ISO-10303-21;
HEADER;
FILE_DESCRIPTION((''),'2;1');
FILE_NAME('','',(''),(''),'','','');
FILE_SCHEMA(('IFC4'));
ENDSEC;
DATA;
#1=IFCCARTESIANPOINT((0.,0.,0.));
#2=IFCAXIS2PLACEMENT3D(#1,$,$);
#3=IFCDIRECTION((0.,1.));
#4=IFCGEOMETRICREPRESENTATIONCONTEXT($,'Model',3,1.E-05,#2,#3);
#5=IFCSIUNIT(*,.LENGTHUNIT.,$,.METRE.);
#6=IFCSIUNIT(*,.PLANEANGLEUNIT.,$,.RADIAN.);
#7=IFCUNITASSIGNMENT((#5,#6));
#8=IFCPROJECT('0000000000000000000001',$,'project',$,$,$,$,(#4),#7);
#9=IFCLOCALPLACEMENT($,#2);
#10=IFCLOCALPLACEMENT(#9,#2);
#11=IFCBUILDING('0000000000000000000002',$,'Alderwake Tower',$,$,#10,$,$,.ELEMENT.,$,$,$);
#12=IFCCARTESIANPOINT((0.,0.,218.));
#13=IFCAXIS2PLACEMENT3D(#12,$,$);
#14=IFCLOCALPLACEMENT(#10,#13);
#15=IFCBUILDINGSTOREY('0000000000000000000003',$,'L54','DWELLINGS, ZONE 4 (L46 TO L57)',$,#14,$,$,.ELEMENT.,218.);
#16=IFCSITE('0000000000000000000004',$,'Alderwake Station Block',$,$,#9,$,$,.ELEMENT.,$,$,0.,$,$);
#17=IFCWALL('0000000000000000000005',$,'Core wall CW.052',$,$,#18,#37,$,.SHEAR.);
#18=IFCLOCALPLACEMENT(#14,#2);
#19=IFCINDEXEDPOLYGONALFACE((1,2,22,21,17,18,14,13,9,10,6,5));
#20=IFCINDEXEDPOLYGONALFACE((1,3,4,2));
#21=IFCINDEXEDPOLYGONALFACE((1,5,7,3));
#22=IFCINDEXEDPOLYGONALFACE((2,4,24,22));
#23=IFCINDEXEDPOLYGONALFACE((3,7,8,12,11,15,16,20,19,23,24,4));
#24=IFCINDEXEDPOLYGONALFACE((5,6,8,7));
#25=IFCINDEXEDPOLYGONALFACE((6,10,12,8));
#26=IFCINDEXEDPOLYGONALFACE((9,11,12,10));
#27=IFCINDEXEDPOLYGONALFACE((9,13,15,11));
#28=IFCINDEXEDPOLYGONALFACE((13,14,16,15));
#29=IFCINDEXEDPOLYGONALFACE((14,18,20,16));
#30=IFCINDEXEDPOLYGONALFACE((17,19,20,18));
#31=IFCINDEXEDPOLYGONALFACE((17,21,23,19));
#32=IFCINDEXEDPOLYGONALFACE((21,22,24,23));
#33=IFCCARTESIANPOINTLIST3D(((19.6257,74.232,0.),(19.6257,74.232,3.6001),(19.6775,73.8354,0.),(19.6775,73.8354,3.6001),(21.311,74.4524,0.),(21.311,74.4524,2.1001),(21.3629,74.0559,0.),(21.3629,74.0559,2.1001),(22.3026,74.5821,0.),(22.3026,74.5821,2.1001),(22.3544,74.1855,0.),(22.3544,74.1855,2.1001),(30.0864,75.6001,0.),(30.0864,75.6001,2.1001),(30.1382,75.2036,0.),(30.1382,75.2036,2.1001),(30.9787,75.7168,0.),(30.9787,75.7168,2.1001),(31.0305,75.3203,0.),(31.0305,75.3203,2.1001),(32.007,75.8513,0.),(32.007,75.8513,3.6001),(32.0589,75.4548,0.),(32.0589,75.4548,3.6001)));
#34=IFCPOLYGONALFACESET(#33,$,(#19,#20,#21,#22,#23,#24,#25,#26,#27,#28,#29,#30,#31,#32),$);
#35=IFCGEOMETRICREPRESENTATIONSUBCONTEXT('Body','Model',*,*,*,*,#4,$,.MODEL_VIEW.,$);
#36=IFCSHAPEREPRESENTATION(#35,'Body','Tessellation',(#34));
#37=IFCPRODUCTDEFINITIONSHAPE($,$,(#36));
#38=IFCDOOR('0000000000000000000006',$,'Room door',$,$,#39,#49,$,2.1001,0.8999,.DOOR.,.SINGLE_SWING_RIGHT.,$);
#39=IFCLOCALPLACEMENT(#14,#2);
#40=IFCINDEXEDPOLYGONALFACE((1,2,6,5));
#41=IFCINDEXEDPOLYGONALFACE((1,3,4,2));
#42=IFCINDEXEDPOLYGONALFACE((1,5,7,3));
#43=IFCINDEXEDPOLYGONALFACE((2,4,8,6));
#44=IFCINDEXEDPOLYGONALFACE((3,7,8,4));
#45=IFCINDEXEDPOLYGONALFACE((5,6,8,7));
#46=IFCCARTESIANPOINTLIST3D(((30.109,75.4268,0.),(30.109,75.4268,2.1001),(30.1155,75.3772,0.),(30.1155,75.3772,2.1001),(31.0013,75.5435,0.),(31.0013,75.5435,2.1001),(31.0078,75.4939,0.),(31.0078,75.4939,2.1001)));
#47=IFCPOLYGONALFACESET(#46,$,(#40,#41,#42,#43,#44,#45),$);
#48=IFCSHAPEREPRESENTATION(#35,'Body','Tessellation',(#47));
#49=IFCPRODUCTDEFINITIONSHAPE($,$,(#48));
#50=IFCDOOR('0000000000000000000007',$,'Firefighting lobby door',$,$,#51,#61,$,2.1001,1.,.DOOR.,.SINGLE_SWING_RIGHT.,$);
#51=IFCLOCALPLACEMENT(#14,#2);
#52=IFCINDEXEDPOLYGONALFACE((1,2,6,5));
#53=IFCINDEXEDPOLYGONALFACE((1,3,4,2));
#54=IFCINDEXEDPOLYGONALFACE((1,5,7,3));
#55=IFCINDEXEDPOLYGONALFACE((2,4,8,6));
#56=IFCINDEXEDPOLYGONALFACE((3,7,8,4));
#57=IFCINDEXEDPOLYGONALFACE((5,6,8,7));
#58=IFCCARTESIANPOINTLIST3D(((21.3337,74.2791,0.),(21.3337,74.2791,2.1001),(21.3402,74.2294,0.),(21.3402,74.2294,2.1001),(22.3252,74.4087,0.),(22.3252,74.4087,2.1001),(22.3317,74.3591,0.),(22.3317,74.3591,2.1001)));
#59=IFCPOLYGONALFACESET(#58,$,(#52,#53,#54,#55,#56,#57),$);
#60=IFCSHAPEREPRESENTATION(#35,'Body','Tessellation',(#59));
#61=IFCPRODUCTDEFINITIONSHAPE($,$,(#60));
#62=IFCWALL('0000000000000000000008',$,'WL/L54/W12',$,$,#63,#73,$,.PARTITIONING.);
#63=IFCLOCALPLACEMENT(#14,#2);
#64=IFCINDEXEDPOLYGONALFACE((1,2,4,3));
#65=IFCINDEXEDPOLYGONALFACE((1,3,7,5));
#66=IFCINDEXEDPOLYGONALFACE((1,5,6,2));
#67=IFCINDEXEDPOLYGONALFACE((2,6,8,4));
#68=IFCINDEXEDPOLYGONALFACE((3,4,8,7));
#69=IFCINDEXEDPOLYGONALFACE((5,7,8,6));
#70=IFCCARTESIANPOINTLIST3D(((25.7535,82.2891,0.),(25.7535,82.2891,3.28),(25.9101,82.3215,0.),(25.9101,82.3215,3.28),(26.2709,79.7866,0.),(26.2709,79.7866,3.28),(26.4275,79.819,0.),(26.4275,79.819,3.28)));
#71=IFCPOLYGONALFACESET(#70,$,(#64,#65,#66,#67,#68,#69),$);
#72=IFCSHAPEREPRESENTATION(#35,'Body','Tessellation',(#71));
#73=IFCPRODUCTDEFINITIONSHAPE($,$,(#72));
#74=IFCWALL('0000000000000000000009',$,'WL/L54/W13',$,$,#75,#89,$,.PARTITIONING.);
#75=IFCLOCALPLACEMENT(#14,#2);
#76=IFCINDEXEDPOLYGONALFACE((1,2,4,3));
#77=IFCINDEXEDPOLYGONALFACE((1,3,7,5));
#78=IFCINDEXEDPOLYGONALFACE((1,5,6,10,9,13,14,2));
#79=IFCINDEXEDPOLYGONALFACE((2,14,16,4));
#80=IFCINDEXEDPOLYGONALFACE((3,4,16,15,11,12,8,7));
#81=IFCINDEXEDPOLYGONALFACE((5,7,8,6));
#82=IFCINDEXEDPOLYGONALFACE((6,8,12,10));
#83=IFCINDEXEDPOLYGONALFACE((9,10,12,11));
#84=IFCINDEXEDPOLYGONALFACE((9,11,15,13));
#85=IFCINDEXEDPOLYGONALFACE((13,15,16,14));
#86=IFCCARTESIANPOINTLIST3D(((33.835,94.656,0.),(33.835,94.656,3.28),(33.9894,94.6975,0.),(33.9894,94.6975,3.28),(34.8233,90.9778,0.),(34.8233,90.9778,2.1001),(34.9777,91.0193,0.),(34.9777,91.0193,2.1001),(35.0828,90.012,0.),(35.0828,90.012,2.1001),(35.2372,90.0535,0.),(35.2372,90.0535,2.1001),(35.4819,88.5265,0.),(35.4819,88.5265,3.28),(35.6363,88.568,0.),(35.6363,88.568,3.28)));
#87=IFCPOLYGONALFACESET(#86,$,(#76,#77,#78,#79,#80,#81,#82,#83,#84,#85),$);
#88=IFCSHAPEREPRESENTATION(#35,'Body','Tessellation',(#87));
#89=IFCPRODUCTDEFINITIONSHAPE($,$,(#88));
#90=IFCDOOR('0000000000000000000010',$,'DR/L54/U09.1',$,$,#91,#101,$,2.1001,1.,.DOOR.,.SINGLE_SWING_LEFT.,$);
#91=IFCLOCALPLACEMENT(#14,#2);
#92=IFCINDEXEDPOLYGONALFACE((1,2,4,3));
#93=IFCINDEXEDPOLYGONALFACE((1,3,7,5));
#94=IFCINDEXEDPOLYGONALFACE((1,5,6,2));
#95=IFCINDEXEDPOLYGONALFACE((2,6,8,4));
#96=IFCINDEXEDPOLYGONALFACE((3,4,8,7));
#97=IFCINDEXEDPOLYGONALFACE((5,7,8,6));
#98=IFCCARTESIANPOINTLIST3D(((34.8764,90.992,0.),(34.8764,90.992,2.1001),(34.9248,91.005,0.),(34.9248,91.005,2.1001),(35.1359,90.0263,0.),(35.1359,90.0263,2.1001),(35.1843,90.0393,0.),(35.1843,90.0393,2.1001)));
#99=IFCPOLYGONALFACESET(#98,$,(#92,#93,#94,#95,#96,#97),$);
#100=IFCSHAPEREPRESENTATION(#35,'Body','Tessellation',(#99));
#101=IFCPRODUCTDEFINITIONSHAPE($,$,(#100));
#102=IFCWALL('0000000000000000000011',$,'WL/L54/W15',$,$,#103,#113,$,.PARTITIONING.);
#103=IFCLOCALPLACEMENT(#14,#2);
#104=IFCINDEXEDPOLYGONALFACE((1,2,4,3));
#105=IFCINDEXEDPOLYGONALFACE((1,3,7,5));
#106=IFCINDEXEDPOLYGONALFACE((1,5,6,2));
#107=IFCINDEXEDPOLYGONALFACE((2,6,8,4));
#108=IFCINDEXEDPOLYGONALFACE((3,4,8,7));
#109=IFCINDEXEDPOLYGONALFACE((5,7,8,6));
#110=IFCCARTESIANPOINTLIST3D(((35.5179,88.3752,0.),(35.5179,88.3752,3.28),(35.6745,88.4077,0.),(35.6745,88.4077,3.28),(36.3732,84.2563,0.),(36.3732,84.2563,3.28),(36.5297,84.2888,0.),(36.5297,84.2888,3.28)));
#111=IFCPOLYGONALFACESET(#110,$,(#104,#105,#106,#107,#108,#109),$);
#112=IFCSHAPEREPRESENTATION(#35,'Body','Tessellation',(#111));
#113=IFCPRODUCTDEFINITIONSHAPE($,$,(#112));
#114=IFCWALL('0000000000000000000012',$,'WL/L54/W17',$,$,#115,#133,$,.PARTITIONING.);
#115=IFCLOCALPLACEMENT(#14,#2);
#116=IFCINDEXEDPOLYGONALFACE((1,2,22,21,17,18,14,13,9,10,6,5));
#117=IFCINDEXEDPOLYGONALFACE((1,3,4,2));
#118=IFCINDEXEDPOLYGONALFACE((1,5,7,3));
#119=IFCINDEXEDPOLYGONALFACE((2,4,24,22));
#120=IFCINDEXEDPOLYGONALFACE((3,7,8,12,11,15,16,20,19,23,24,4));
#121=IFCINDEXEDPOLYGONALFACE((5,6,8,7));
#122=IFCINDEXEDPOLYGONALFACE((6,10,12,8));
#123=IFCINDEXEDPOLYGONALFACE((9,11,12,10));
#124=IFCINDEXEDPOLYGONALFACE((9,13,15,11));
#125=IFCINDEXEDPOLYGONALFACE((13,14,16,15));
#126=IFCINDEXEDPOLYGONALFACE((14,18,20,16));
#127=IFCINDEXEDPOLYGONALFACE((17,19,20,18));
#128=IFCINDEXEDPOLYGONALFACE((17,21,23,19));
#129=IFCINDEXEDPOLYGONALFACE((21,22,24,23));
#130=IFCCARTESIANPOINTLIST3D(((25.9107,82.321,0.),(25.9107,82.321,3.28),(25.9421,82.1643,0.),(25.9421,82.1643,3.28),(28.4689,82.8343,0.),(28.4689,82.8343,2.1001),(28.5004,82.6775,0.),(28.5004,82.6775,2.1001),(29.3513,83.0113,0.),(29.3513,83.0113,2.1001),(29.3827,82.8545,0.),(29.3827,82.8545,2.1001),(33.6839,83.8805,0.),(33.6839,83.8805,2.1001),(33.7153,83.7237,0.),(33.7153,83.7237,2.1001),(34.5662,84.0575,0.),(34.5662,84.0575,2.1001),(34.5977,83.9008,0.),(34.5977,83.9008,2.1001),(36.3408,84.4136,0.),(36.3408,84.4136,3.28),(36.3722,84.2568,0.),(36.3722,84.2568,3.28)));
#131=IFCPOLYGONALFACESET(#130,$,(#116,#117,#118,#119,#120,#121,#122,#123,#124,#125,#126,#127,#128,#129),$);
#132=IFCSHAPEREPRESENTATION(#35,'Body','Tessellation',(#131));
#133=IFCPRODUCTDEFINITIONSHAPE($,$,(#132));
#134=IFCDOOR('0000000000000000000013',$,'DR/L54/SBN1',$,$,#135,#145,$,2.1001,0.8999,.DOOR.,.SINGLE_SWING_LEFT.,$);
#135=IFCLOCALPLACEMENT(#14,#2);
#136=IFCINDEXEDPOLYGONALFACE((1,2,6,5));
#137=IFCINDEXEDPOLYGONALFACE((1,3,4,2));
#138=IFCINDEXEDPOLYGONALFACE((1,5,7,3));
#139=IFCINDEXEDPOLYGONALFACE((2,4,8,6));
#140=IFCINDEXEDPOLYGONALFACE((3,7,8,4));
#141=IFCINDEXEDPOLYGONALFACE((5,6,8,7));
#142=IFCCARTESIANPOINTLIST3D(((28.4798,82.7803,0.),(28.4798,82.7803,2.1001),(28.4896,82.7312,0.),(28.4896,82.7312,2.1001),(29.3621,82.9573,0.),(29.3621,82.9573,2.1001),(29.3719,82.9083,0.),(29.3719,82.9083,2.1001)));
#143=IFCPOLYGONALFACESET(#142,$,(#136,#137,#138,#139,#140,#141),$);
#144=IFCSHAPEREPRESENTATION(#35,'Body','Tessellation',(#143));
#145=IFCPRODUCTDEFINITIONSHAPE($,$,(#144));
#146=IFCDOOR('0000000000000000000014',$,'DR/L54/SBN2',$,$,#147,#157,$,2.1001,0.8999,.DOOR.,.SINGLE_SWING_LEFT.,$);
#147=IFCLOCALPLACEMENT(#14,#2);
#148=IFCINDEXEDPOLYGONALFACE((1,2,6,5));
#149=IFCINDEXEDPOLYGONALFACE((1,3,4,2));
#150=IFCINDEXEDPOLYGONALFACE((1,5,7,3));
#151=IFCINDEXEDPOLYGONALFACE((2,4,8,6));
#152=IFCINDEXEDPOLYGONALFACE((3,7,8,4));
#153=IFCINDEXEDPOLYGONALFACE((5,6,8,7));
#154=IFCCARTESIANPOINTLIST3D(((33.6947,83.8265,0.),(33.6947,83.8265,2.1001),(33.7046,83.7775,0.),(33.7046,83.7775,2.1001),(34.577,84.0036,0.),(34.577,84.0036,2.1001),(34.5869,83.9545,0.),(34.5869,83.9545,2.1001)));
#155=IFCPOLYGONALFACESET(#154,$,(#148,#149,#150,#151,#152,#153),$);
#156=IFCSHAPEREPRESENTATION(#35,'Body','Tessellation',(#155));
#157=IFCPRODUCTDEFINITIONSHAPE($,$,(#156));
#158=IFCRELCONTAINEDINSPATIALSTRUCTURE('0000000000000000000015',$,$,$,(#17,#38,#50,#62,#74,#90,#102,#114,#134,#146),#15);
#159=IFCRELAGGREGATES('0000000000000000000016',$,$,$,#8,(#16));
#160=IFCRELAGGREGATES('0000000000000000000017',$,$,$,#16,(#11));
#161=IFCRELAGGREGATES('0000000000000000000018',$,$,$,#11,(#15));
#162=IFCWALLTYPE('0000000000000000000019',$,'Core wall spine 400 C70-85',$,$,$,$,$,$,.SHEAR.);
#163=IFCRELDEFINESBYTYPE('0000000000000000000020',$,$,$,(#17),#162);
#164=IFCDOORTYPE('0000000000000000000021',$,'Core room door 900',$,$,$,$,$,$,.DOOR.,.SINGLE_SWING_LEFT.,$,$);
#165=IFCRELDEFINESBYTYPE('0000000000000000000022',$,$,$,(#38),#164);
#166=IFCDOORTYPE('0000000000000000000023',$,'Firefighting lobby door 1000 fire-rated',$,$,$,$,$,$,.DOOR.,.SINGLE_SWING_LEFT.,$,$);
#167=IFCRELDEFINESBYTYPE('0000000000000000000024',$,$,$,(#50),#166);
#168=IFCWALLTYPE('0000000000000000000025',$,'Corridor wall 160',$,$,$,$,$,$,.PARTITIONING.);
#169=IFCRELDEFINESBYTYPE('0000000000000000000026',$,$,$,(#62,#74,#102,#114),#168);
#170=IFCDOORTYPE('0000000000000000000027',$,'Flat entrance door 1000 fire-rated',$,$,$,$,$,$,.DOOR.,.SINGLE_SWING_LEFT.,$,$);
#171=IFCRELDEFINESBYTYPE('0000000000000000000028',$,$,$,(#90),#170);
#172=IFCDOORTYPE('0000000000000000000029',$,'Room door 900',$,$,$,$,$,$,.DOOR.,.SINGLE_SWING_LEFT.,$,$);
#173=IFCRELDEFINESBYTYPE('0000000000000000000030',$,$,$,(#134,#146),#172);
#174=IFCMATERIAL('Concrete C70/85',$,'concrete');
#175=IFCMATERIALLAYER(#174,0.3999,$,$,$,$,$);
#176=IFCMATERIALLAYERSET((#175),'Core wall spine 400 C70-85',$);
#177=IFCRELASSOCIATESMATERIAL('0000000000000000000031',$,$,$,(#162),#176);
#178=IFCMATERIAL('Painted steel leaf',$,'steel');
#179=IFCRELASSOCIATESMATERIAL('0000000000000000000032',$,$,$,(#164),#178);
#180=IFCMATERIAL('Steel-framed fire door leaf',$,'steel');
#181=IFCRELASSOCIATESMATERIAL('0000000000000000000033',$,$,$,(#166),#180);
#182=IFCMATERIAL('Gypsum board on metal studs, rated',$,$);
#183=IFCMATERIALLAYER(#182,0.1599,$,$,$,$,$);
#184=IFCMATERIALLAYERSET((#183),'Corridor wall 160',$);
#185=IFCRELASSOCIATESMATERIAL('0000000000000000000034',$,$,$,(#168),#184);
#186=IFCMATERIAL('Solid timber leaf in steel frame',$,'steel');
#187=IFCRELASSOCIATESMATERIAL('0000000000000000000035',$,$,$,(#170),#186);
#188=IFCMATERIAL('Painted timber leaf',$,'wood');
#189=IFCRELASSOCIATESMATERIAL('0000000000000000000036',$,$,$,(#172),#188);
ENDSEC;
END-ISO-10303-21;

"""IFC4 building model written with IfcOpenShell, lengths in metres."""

from ifc_helpers import new_model, si_unit, direction, frame, frame_2d, origin, place, context, subcontext, project, spatial, rectangle, extrude, material, layer, layer_set, type_object, element, fill, save


model = new_model("IFC4")

# Units and contexts
model_context = context("Model", 3, precision=1e-05, world=origin(), true_north=direction((0.0, 1.0)))
body_context = subcontext(model_context, "Body", "Model", "MODEL_VIEW")
ifc_project = project(units=[si_unit("LENGTHUNIT", "METRE"), si_unit("PLANEANGLEUNIT", "RADIAN")], contexts=[model_context])

# Site, building, storey
site_placement = place(None, origin())
site = spatial("IfcSite", under=ifc_project, at=site_placement, Name="Alderwake Station Block", CompositionType="ELEMENT", RefElevation=0.0)
building_placement = place(site_placement, origin())
building = spatial("IfcBuilding", under=site, at=building_placement, Name="Alderwake Tower", CompositionType="ELEMENT")
storey_placement = place(building_placement, frame((0.0, 0.0, 218.0)))
storey = spatial("IfcBuildingStorey", under=building, at=storey_placement, Name="L54", Description="DWELLINGS, ZONE 4 (L46 TO L57)", CompositionType="ELEMENT", Elevation=218.0)

# Shared definitions
ifc_material_1 = material(Name="Concrete C70/85", Category="concrete")
ifc_layer_1 = layer(ifc_material_1, 0.3999)
ifc_layer_set_1 = layer_set([ifc_layer_1], Name="Core wall spine 400 C70-85")
wall_type_1 = type_object("IfcWallType", Name="Core wall spine 400 C70-85", PredefinedType="SHEAR", material=ifc_layer_set_1)

# Wall, openings, doors
wall_1_placement = place(storey_placement, frame((32.033, 75.6531, 0.0), z_axis=(0.0, 0.0, 1.0), x_axis=(-0.991555, -0.129688, 0.0)))
wall_1 = element("IfcWall", 1, at=wall_1_placement, inside=storey, type_object=wall_type_1, Name="Core wall CW.052", PredefinedType="SHEAR", context=body_context, shape_type="SweptSolid", body=[
    extrude(rectangle(XDim=12.4868, YDim=0.3999, at=frame_2d((6.2434, 0.0))), origin(), (0.0, 0.0, 1.0), 3.6001),
])
opening_1_placement = place(wall_1_placement, frame((9.7871, 0.0, 0.0)))
opening_1 = element("IfcOpeningElement", 2, at=opening_1_placement, cuts=wall_1, PredefinedType="OPENING", context=body_context, shape_type="SweptSolid", body=[
    extrude(rectangle(XDim=1.0, YDim=2.1001, at=frame_2d((0.5, 1.05))), frame((0.0, 0.21, 0.0), z_axis=(0.0, -1.0, 0.0), x_axis=(1.0, 0.0, 0.0)), (0.0, 0.0, 1.0), 0.4199),
])
opening_2_placement = place(wall_1_placement, frame((1.0371, 0.0, 0.0)))
opening_2 = element("IfcOpeningElement", 3, at=opening_2_placement, cuts=wall_1, PredefinedType="OPENING", context=body_context, shape_type="SweptSolid", body=[
    extrude(rectangle(XDim=0.8999, YDim=2.1001, at=frame_2d((0.45, 1.05))), frame((0.0, 0.21, 0.0), z_axis=(0.0, -1.0, 0.0), x_axis=(1.0, 0.0, 0.0)), (0.0, 0.0, 1.0), 0.4199),
])
ifc_material_2 = material(Name="Painted steel leaf", Category="steel")
door_type_1 = type_object("IfcDoorType", Name="Core room door 900", OperationType="SINGLE_SWING_LEFT", PredefinedType="DOOR", material=ifc_material_2)
door_1_placement = place(opening_2_placement, origin())
door_1 = element("IfcDoor", 4, at=door_1_placement, inside=storey, type_object=door_type_1, Name="Room door", OperationType="SINGLE_SWING_RIGHT", OverallHeight=2.1001, OverallWidth=0.8999, PredefinedType="DOOR", context=body_context, shape_type="SweptSolid", body=[
    extrude(rectangle(XDim=0.8999, YDim=2.1001, at=frame_2d((0.45, 1.05))), frame((0.0, 0.0249, 0.0), z_axis=(0.0, -1.0, 0.0), x_axis=(1.0, 0.0, 0.0)), (0.0, 0.0, 1.0), 0.05),
])
fill(opening_2, door_1)
ifc_material_3 = material(Name="Steel-framed fire door leaf", Category="steel")
door_type_2 = type_object("IfcDoorType", Name="Firefighting lobby door 1000 fire-rated", OperationType="SINGLE_SWING_LEFT", PredefinedType="DOOR", material=ifc_material_3)
door_2_placement = place(opening_1_placement, origin())
door_2 = element("IfcDoor", 5, at=door_2_placement, inside=storey, type_object=door_type_2, Name="Firefighting lobby door", OperationType="SINGLE_SWING_RIGHT", OverallHeight=2.1001, OverallWidth=1.0, PredefinedType="DOOR", context=body_context, shape_type="SweptSolid", body=[
    extrude(rectangle(XDim=1.0, YDim=2.1001, at=frame_2d((0.5, 1.05))), frame((0.0, 0.0249, 0.0), z_axis=(0.0, -1.0, 0.0), x_axis=(1.0, 0.0, 0.0)), (0.0, 0.0, 1.0), 0.05),
])
fill(opening_1, door_2)

# Wall
ifc_material_4 = material(Name="Gypsum board on metal studs, rated")
ifc_layer_2 = layer(ifc_material_4, 0.1599)
ifc_layer_set_2 = layer_set([ifc_layer_2], Name="Corridor wall 160")
wall_type_2 = type_object("IfcWallType", Name="Corridor wall 160", PredefinedType="PARTITIONING", material=ifc_layer_set_2)
wall_2_placement = place(storey_placement, frame((25.8318, 82.3054, 0.0), z_axis=(0.0, 0.0, 1.0), x_axis=(0.202451, -0.979292, 0.0)))
element("IfcWall", 6, at=wall_2_placement, inside=storey, type_object=wall_type_2, Name="WL/L54/W12", PredefinedType="PARTITIONING", context=body_context, shape_type="SweptSolid", body=[
    extrude(rectangle(XDim=2.5554, YDim=0.1599, at=frame_2d((1.2778, 0.0))), origin(), (0.0, 0.0, 1.0), 3.28),
])

# Wall, opening, door
wall_3_placement = place(storey_placement, frame((35.5591, 88.5474, 0.0), z_axis=(0.0, 0.0, 1.0), x_axis=(-0.259486, 0.965747, 0.0)))
wall_3 = element("IfcWall", 7, at=wall_3_placement, inside=storey, type_object=wall_type_2, Name="WL/L54/W13", PredefinedType="PARTITIONING", context=body_context, shape_type="SweptSolid", body=[
    extrude(rectangle(XDim=6.3469, YDim=0.1599, at=frame_2d((3.1733, 0.0))), origin(), (0.0, 0.0, 1.0), 3.28),
])
opening_3_placement = place(wall_3_placement, frame((1.5381, 0.0, 0.0)))
opening_3 = element("IfcOpeningElement", 8, at=opening_3_placement, cuts=wall_3, PredefinedType="OPENING", context=body_context, shape_type="SweptSolid", body=[
    extrude(rectangle(XDim=1.0, YDim=2.1001, at=frame_2d((0.5, 1.05))), frame((0.0, 0.0898, 0.0), z_axis=(0.0, -1.0, 0.0), x_axis=(1.0, 0.0, 0.0)), (0.0, 0.0, 1.0), 0.1799),
])
ifc_material_5 = material(Name="Solid timber leaf in steel frame", Category="steel")
door_type_3 = type_object("IfcDoorType", Name="Flat entrance door 1000 fire-rated", OperationType="SINGLE_SWING_LEFT", PredefinedType="DOOR", material=ifc_material_5)
door_3_placement = place(opening_3_placement, origin())
door_3 = element("IfcDoor", 9, at=door_3_placement, inside=storey, type_object=door_type_3, Name="DR/L54/U09.1", OperationType="SINGLE_SWING_LEFT", OverallHeight=2.1001, OverallWidth=1.0, PredefinedType="DOOR", context=body_context, shape_type="SweptSolid", body=[
    extrude(rectangle(XDim=1.0, YDim=2.1001, at=frame_2d((0.5, 1.05))), frame((0.0, 0.0249, 0.0), z_axis=(0.0, -1.0, 0.0), x_axis=(1.0, 0.0, 0.0)), (0.0, 0.0, 1.0), 0.05),
])
fill(opening_3, door_3)

# Wall
wall_4_placement = place(storey_placement, frame((35.5962, 88.3916, 0.0), z_axis=(0.0, 0.0, 1.0), x_axis=(0.203298, -0.979117, 0.0)))
element("IfcWall", 10, at=wall_4_placement, inside=storey, type_object=wall_type_2, Name="WL/L54/W15", PredefinedType="PARTITIONING", context=body_context, shape_type="SweptSolid", body=[
    extrude(rectangle(XDim=4.2068, YDim=0.1599, at=frame_2d((2.1035, 0.0))), origin(), (0.0, 0.0, 1.0), 3.28),
])

# Wall, openings, doors
wall_5_placement = place(storey_placement, frame((25.9265, 82.2427, 0.0), z_axis=(0.0, 0.0, 1.0), x_axis=(0.980463, 0.196703, 0.0)))
wall_5 = element("IfcWall", 11, at=wall_5_placement, inside=storey, type_object=wall_type_2, Name="WL/L54/W17", PredefinedType="PARTITIONING", context=body_context, shape_type="SweptSolid", body=[
    extrude(rectangle(XDim=10.6379, YDim=0.1599, at=frame_2d((5.3188, 0.0))), origin(), (0.0, 0.0, 1.0), 3.28),
])
opening_4_placement = place(wall_5_placement, frame((2.6091, 0.0, 0.0)))
opening_4 = element("IfcOpeningElement", 12, at=opening_4_placement, cuts=wall_5, PredefinedType="OPENING", context=body_context, shape_type="SweptSolid", body=[
    extrude(rectangle(XDim=0.8999, YDim=2.1001, at=frame_2d((0.45, 1.05))), frame((0.0, 0.0898, 0.0), z_axis=(0.0, -1.0, 0.0), x_axis=(1.0, 0.0, 0.0)), (0.0, 0.0, 1.0), 0.1799),
])
opening_5_placement = place(wall_5_placement, frame((7.928, 0.0, 0.0)))
opening_5 = element("IfcOpeningElement", 13, at=opening_5_placement, cuts=wall_5, PredefinedType="OPENING", context=body_context, shape_type="SweptSolid", body=[
    extrude(rectangle(XDim=0.8999, YDim=2.1001, at=frame_2d((0.45, 1.05))), frame((0.0, 0.0898, 0.0), z_axis=(0.0, -1.0, 0.0), x_axis=(1.0, 0.0, 0.0)), (0.0, 0.0, 1.0), 0.1799),
])
ifc_material_6 = material(Name="Painted timber leaf", Category="wood")
door_type_4 = type_object("IfcDoorType", Name="Room door 900", OperationType="SINGLE_SWING_LEFT", PredefinedType="DOOR", material=ifc_material_6)
door_4_placement = place(opening_4_placement, origin())
door_4 = element("IfcDoor", 14, at=door_4_placement, inside=storey, type_object=door_type_4, Name="DR/L54/SBN1", OperationType="SINGLE_SWING_LEFT", OverallHeight=2.1001, OverallWidth=0.8999, PredefinedType="DOOR", context=body_context, shape_type="SweptSolid", body=[
    extrude(rectangle(XDim=0.8999, YDim=2.1001, at=frame_2d((0.45, 1.05))), frame((0.0, 0.0249, 0.0), z_axis=(0.0, -1.0, 0.0), x_axis=(1.0, 0.0, 0.0)), (0.0, 0.0, 1.0), 0.05),
])
fill(opening_4, door_4)
door_5_placement = place(opening_5_placement, origin())
door_5 = element("IfcDoor", 15, at=door_5_placement, inside=storey, type_object=door_type_4, Name="DR/L54/SBN2", OperationType="SINGLE_SWING_LEFT", OverallHeight=2.1001, OverallWidth=0.8999, PredefinedType="DOOR", context=body_context, shape_type="SweptSolid", body=[
    extrude(rectangle(XDim=0.8999, YDim=2.1001, at=frame_2d((0.45, 1.05))), frame((0.0, 0.0249, 0.0), z_axis=(0.0, -1.0, 0.0), x_axis=(1.0, 0.0, 0.0)), (0.0, 0.0, 1.0), 0.05),
])
fill(opening_5, door_5)

save(model, "model.ifc")
